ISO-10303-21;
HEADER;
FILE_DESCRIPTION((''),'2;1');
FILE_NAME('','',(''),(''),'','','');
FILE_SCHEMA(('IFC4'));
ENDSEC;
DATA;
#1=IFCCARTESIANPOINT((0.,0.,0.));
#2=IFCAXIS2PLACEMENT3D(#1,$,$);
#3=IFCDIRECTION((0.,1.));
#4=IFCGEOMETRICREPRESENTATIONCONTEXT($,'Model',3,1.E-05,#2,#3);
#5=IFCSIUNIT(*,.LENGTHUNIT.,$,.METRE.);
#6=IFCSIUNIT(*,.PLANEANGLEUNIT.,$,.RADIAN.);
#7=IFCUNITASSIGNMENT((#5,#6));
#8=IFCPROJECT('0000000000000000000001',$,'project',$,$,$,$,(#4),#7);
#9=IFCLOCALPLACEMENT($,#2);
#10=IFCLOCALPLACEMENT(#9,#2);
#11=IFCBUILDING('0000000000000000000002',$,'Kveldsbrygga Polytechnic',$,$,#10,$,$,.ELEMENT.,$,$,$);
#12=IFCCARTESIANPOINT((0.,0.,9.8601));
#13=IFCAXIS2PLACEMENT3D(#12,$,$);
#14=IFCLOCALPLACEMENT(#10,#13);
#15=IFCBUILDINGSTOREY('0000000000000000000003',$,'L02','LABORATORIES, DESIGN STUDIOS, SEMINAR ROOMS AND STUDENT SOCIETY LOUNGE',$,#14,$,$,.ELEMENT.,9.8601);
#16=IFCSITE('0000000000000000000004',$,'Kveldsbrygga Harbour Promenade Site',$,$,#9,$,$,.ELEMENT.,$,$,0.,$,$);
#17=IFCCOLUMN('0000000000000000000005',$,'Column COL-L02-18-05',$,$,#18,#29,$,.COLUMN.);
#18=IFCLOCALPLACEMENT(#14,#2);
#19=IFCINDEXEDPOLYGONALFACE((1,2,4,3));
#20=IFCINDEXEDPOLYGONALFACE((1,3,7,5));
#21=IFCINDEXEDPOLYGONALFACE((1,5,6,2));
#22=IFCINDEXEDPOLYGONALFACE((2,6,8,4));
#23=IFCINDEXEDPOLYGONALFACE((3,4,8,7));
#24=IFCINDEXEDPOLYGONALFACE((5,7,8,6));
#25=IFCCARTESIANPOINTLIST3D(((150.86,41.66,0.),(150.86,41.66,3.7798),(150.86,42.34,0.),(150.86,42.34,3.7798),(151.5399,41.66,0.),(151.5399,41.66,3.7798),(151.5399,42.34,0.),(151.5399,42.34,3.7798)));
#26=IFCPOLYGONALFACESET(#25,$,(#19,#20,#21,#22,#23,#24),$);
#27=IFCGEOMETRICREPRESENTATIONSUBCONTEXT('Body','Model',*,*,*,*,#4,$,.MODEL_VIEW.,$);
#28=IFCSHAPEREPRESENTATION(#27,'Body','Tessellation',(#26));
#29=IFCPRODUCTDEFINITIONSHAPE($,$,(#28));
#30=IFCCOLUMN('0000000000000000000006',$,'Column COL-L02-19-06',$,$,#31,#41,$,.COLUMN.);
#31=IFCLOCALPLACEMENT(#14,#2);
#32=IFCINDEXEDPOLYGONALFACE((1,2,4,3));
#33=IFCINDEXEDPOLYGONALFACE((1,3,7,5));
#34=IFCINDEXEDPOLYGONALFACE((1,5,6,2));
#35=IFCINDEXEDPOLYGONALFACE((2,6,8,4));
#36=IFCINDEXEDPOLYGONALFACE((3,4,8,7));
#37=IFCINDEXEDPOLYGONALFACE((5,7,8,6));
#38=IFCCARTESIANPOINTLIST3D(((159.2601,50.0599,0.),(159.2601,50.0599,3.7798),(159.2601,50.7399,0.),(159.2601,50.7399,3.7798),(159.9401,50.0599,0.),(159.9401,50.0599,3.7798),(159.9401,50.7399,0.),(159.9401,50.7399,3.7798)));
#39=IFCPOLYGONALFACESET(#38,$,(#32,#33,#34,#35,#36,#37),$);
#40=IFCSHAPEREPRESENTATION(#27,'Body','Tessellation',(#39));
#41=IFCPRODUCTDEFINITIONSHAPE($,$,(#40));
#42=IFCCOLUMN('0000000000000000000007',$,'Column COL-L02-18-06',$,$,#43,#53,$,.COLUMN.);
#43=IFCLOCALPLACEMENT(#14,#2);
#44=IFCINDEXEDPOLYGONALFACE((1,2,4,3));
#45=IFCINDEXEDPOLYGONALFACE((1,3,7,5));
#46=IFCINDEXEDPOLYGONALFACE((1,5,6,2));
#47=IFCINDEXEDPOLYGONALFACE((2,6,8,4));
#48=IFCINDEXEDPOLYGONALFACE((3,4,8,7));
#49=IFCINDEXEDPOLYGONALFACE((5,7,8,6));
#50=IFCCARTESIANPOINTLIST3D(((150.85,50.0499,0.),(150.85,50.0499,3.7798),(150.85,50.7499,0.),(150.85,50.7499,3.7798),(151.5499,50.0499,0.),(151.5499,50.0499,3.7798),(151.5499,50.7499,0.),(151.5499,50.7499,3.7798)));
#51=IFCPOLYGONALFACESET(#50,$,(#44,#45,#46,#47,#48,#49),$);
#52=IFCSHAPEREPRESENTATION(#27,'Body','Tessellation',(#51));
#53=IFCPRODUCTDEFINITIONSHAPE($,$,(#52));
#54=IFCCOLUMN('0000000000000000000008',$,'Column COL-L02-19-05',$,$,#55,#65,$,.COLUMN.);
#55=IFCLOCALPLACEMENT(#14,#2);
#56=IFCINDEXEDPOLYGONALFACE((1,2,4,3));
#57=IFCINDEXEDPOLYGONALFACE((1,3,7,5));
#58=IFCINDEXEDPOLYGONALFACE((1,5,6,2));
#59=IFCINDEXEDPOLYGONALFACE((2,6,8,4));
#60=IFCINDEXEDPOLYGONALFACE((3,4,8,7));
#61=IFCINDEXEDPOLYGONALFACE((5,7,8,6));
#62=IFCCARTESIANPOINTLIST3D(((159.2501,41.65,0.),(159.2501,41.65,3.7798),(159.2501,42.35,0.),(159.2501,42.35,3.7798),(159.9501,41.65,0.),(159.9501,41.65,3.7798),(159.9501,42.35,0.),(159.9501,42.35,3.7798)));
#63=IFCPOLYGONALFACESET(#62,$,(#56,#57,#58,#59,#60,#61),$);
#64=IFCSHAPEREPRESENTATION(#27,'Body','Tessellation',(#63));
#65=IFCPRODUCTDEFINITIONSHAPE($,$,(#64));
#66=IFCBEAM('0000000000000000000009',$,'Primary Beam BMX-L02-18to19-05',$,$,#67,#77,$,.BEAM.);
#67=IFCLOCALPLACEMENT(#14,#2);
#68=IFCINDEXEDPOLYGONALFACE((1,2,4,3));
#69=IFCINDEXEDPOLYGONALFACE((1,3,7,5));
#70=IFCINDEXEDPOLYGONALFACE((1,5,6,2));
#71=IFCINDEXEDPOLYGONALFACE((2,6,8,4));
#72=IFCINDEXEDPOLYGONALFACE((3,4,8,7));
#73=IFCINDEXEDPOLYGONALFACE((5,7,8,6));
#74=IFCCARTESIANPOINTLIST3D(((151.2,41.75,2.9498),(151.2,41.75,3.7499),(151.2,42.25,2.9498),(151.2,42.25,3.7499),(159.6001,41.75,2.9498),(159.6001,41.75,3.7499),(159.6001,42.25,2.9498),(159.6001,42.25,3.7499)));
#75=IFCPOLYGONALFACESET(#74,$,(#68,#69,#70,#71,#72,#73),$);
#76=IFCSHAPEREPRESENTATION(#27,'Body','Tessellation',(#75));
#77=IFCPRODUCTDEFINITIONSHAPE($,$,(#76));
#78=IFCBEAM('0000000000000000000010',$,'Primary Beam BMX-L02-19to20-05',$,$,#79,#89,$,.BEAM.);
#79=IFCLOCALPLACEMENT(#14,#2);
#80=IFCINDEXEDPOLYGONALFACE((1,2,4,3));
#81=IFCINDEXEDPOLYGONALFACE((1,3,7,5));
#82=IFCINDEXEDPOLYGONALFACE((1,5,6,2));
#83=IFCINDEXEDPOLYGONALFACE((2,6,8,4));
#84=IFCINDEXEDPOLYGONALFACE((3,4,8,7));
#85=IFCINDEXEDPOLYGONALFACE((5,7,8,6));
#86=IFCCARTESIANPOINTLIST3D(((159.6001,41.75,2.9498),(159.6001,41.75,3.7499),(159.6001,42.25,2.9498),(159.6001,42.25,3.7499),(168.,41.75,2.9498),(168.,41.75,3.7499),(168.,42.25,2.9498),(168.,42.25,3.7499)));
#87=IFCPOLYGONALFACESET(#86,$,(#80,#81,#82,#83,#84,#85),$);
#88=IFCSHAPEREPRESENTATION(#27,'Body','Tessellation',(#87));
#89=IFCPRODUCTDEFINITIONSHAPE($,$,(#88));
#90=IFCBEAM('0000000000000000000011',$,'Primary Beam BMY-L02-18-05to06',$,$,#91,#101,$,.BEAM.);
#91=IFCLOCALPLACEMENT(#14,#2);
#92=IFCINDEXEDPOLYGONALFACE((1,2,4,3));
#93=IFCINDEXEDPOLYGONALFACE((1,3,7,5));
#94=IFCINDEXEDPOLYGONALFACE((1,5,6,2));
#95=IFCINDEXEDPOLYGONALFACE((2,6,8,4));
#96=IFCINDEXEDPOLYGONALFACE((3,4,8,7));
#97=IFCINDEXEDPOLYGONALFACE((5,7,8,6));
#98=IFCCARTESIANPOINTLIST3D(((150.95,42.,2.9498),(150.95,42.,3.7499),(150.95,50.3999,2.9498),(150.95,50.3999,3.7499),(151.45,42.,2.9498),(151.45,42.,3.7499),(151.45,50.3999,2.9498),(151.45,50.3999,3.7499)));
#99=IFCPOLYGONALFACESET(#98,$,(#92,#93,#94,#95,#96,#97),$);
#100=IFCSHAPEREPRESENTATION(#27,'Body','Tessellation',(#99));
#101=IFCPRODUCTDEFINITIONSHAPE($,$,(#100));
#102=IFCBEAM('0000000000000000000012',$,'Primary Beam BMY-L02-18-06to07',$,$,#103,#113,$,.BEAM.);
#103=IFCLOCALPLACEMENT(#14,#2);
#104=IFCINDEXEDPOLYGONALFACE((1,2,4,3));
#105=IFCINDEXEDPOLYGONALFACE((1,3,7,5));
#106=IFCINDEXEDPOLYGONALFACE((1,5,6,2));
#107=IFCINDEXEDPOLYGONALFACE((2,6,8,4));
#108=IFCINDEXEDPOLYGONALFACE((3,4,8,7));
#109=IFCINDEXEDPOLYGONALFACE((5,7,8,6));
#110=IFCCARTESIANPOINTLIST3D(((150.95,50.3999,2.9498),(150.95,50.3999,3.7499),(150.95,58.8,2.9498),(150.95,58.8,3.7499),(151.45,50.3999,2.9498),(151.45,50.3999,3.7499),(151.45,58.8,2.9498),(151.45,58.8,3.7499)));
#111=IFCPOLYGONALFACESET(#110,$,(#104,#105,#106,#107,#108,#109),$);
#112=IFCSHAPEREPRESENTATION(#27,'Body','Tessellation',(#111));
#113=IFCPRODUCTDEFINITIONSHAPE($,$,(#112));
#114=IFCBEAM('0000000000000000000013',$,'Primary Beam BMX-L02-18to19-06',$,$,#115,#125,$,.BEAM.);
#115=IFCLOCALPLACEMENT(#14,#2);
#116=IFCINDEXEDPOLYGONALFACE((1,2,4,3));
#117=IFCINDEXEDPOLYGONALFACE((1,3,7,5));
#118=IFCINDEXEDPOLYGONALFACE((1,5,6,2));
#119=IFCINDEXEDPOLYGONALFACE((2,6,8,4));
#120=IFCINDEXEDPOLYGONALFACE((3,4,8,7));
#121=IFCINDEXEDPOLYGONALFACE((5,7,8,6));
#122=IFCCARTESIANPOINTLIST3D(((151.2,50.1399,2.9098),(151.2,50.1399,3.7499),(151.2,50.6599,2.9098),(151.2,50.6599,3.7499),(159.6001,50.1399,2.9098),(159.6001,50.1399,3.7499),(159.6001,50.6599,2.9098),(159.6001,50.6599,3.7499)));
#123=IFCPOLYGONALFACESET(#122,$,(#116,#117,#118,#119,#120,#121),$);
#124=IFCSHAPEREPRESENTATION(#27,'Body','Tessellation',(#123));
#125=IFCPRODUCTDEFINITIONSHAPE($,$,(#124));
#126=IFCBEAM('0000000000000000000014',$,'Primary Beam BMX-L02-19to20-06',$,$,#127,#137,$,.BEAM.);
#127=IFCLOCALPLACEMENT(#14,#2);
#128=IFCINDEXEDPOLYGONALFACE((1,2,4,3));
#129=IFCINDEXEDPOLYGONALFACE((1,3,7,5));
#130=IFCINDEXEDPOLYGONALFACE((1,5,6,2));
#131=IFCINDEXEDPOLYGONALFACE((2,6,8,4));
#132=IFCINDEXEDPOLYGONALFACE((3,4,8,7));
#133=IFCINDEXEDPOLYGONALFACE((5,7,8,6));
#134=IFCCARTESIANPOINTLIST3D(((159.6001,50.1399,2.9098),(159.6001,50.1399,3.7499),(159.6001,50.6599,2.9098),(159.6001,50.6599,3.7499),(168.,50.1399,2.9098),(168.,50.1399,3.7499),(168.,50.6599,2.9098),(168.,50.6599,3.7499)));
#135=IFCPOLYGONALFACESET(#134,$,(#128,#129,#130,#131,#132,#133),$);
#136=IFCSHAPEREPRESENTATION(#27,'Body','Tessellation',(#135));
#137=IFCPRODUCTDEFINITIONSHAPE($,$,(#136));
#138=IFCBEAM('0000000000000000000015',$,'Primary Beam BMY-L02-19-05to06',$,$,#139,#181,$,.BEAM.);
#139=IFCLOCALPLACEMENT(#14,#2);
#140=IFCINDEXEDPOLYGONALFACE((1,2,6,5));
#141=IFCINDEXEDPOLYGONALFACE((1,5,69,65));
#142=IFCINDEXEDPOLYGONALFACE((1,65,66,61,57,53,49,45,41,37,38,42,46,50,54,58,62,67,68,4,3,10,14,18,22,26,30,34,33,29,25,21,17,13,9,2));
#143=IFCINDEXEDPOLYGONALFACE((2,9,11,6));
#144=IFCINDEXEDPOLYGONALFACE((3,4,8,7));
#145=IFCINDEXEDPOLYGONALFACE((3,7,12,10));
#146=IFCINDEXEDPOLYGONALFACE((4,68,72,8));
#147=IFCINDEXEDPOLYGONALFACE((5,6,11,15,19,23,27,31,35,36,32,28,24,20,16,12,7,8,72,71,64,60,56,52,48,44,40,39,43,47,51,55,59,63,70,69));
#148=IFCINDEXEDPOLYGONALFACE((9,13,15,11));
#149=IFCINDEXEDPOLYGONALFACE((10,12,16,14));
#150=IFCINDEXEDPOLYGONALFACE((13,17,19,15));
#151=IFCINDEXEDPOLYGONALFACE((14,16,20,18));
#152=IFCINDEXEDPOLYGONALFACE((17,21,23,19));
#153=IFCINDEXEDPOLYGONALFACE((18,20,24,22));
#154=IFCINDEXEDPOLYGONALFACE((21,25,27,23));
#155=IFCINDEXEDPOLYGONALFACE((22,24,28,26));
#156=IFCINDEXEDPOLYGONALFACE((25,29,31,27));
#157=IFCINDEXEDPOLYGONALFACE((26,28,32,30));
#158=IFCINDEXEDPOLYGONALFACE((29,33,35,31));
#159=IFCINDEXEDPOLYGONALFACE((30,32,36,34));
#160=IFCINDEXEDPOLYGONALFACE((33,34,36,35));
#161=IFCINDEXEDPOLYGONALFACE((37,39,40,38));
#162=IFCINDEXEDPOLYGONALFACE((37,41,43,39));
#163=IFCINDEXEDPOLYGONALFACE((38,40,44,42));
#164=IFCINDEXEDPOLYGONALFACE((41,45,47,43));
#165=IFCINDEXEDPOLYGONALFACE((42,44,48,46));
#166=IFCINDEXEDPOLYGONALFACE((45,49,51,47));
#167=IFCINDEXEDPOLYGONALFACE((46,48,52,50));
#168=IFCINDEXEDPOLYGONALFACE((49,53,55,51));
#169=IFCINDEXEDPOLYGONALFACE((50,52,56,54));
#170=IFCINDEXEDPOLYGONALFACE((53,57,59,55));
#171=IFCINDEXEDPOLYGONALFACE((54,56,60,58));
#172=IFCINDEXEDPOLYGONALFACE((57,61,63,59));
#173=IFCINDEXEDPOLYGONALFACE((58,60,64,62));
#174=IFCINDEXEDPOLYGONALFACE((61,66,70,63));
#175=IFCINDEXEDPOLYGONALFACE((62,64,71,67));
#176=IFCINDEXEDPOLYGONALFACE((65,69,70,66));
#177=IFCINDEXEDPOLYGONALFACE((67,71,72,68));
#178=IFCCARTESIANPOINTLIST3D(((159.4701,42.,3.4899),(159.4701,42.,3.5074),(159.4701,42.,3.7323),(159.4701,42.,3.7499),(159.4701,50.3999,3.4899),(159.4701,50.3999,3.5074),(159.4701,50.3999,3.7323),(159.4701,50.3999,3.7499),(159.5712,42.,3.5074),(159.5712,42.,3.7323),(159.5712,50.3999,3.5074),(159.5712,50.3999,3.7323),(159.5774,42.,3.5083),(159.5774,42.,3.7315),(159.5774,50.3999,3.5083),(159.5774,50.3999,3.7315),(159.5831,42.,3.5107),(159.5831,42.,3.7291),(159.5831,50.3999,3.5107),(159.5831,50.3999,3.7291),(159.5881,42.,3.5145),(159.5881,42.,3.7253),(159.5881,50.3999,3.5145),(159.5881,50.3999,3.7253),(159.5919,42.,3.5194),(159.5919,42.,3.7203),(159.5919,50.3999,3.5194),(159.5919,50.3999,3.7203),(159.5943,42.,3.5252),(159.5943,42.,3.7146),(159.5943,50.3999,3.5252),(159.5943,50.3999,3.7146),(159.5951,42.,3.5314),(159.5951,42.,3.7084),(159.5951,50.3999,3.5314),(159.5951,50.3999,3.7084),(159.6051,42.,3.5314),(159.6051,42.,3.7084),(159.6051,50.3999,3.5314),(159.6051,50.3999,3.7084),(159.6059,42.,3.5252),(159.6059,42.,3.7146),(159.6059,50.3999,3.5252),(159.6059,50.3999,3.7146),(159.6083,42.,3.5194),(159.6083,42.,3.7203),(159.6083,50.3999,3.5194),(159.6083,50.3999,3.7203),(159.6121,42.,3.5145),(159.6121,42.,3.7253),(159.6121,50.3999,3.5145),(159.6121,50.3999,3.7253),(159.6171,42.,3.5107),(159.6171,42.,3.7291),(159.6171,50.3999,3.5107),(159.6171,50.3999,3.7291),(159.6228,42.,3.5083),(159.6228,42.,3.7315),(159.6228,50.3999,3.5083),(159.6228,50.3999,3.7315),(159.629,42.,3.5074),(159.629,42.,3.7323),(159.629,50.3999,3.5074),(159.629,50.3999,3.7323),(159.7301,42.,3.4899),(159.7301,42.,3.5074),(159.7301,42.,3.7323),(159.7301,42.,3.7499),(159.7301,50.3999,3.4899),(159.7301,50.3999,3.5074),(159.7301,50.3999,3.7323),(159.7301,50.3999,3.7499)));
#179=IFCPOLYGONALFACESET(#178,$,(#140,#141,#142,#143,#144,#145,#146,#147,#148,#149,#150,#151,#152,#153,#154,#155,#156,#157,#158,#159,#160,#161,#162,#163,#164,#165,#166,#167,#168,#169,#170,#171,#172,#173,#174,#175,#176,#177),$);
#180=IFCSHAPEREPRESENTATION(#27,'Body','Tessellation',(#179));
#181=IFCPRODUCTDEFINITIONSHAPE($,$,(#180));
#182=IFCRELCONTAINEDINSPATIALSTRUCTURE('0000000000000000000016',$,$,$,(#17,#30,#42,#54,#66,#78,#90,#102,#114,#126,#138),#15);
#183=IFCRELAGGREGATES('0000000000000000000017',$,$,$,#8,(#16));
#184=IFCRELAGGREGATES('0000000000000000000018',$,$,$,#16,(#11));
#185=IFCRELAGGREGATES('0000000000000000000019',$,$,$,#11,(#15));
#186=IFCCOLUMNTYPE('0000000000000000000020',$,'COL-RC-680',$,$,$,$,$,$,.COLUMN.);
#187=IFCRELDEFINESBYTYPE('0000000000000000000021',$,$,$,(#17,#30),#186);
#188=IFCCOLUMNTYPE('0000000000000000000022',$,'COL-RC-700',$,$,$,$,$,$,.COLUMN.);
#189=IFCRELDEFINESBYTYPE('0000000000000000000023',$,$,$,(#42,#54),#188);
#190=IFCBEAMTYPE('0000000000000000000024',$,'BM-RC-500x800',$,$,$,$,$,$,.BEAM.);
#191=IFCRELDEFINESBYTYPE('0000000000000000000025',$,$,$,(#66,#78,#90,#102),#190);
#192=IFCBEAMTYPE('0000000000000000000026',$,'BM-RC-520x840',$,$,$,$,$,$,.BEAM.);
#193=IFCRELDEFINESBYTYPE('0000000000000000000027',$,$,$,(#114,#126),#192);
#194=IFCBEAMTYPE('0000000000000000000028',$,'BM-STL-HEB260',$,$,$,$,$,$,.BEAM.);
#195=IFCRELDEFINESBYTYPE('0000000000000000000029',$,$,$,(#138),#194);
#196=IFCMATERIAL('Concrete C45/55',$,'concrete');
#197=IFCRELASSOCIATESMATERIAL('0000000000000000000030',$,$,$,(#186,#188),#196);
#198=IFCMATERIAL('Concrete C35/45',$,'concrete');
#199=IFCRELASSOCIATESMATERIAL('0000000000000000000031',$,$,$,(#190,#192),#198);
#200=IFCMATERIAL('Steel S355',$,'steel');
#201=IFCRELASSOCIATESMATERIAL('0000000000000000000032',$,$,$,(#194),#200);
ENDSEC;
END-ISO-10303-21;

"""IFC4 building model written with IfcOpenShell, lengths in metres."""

from ifc_helpers import new_model, si_unit, direction, frame, origin, origin_2d, place, context, subcontext, project, spatial, rectangle, i_section, extrude, material, material_profile, profile_set, type_object, element, save


model = new_model("IFC4")

# Units and contexts
model_context = context("Model", 3, precision=1e-05, world=origin(), true_north=direction((0.0, 1.0)))
body_context = subcontext(model_context, "Body", "Model", "MODEL_VIEW")
ifc_project = project(units=[si_unit("LENGTHUNIT", "METRE"), si_unit("PLANEANGLEUNIT", "RADIAN")], contexts=[model_context])

# Site, building, storey
site_placement = place(None, origin())
site = spatial("IfcSite", under=ifc_project, at=site_placement, Name="Kveldsbrygga Harbour Promenade Site", CompositionType="ELEMENT", RefElevation=0.0)
building_placement = place(site_placement, origin())
building = spatial("IfcBuilding", under=site, at=building_placement, Name="Kveldsbrygga Polytechnic", CompositionType="ELEMENT")
storey_placement = place(building_placement, frame((0.0, 0.0, 9.8601)))
storey = spatial("IfcBuildingStorey", under=building, at=storey_placement, Name="L02", Description="LABORATORIES, DESIGN STUDIOS, SEMINAR ROOMS AND STUDENT SOCIETY LOUNGE", CompositionType="ELEMENT", Elevation=9.8601)

# Columns
ifc_material_1 = material(Name="Concrete C45/55", Category="concrete")
ifc_material_profile_1 = material_profile(ifc_material_1, rectangle(XDim=0.6799, YDim=0.6799, at=origin_2d()), Name="RC 680x680")
ifc_profile_set_1 = profile_set([ifc_material_profile_1], Name="Concrete C45/55")
column_type_1 = type_object("IfcColumnType", Name="COL-RC-680", PredefinedType="COLUMN", material=ifc_profile_set_1)
for number, where, z_axis, x_axis, name in (
    (1, (151.2, 42.0, 0.0), (0.0, 0.0, 1.0), (1.0, 0.0, 0.0), "Column COL-L02-18-05"),
    (2, (159.6001, 50.3999, 0.0), (0.0, 0.0, 1.0), (1.0, 0.0, 0.0), "Column COL-L02-19-06"),
):
    element("IfcColumn", number, at=place(storey_placement, frame(where, z_axis=z_axis, x_axis=x_axis)), inside=storey, type_object=column_type_1, Name=name, PredefinedType="COLUMN", context=body_context, shape_type="SweptSolid", body=[
        extrude(rectangle(XDim=0.6799, YDim=0.6799, at=origin_2d()), origin(), (0.0, 0.0, 1.0), 3.7798),
    ])
ifc_material_profile_2 = material_profile(ifc_material_1, rectangle(XDim=0.7, YDim=0.7, at=origin_2d()), Name="RC 700x700")
ifc_profile_set_2 = profile_set([ifc_material_profile_2], Name="Concrete C45/55")
column_type_2 = type_object("IfcColumnType", Name="COL-RC-700", PredefinedType="COLUMN", material=ifc_profile_set_2)
for number, where, z_axis, x_axis, name in (
    (3, (151.2, 50.3999, 0.0), (0.0, 0.0, 1.0), (1.0, 0.0, 0.0), "Column COL-L02-18-06"),
    (4, (159.6001, 42.0, 0.0), (0.0, 0.0, 1.0), (1.0, 0.0, 0.0), "Column COL-L02-19-05"),
):
    element("IfcColumn", number, at=place(storey_placement, frame(where, z_axis=z_axis, x_axis=x_axis)), inside=storey, type_object=column_type_2, Name=name, PredefinedType="COLUMN", context=body_context, shape_type="SweptSolid", body=[
        extrude(rectangle(XDim=0.7, YDim=0.7, at=origin_2d()), origin(), (0.0, 0.0, 1.0), 3.7798),
    ])

# Beams
ifc_material_2 = material(Name="Concrete C35/45", Category="concrete")
ifc_material_profile_3 = material_profile(ifc_material_2, rectangle(XDim=0.5, YDim=0.8, at=origin_2d()), Name="RC 500x800")
ifc_profile_set_3 = profile_set([ifc_material_profile_3], Name="Concrete C35/45")
beam_type_1 = type_object("IfcBeamType", Name="BM-RC-500x800", PredefinedType="BEAM", material=ifc_profile_set_3)
beam_1_placement = place(storey_placement, frame((151.2, 42.0, 3.3499), z_axis=(1.0, 0.0, 0.0), x_axis=(0.0, 1.0, 0.0)))
element("IfcBeam", 5, at=beam_1_placement, inside=storey, type_object=beam_type_1, Name="Primary Beam BMX-L02-18to19-05", PredefinedType="BEAM", context=body_context, shape_type="SweptSolid", body=[
    extrude(rectangle(XDim=0.5, YDim=0.8, at=origin_2d()), origin(), (0.0, 0.0, 1.0), 8.4001),
])
for number, where, z_axis, x_axis, name in (
    (6, (159.6001, 42.0, 3.3499), (1.0, 0.0, 0.0), (0.0, 1.0, 0.0), "Primary Beam BMX-L02-19to20-05"),
    (7, (151.2, 42.0, 3.3499), (0.0, 1.0, 0.0), (-1.0, 0.0, 0.0), "Primary Beam BMY-L02-18-05to06"),
):
    element("IfcBeam", number, at=place(storey_placement, frame(where, z_axis=z_axis, x_axis=x_axis)), inside=storey, type_object=beam_type_1, Name=name, PredefinedType="BEAM", context=body_context, shape_type="SweptSolid", body=[
        extrude(rectangle(XDim=0.5, YDim=0.8, at=origin_2d()), origin(), (0.0, 0.0, 1.0), 8.3999),
    ])
beam_2_placement = place(storey_placement, frame((151.2, 50.3999, 3.3499), z_axis=(0.0, 1.0, 0.0), x_axis=(-1.0, 0.0, 0.0)))
element("IfcBeam", 8, at=beam_2_placement, inside=storey, type_object=beam_type_1, Name="Primary Beam BMY-L02-18-06to07", PredefinedType="BEAM", context=body_context, shape_type="SweptSolid", body=[
    extrude(rectangle(XDim=0.5, YDim=0.8, at=origin_2d()), origin(), (0.0, 0.0, 1.0), 8.4001),
])
ifc_material_profile_4 = material_profile(ifc_material_2, rectangle(XDim=0.52, YDim=0.8401, at=origin_2d()), Name="RC 520x840")
ifc_profile_set_4 = profile_set([ifc_material_profile_4], Name="Concrete C35/45")
beam_type_2 = type_object("IfcBeamType", Name="BM-RC-520x840", PredefinedType="BEAM", material=ifc_profile_set_4)
beam_3_placement = place(storey_placement, frame((151.2, 50.3999, 3.3298), z_axis=(1.0, 0.0, 0.0), x_axis=(0.0, 1.0, 0.0)))
element("IfcBeam", 9, at=beam_3_placement, inside=storey, type_object=beam_type_2, Name="Primary Beam BMX-L02-18to19-06", PredefinedType="BEAM", context=body_context, shape_type="SweptSolid", body=[
    extrude(rectangle(XDim=0.52, YDim=0.8401, at=origin_2d()), origin(), (0.0, 0.0, 1.0), 8.4001),
])
beam_4_placement = place(storey_placement, frame((159.6001, 50.3999, 3.3298), z_axis=(1.0, 0.0, 0.0), x_axis=(0.0, 1.0, 0.0)))
element("IfcBeam", 10, at=beam_4_placement, inside=storey, type_object=beam_type_2, Name="Primary Beam BMX-L02-19to20-06", PredefinedType="BEAM", context=body_context, shape_type="SweptSolid", body=[
    extrude(rectangle(XDim=0.52, YDim=0.8401, at=origin_2d()), origin(), (0.0, 0.0, 1.0), 8.3999),
])
ifc_material_3 = material(Name="Steel S355", Category="steel")
ifc_material_profile_5 = material_profile(ifc_material_3, i_section(OverallWidth=0.26, OverallDepth=0.26, WebThickness=0.01, FlangeThickness=0.0176, FilletRadius=0.0239, at=origin_2d()), Name="HEB 260")
ifc_profile_set_5 = profile_set([ifc_material_profile_5], Name="Steel S355")
beam_type_3 = type_object("IfcBeamType", Name="BM-STL-HEB260", PredefinedType="BEAM", material=ifc_profile_set_5)
beam_5_placement = place(storey_placement, frame((159.6001, 42.0, 3.6199), z_axis=(0.0, 1.0, 0.0), x_axis=(-1.0, 0.0, 0.0)))
element("IfcBeam", 11, at=beam_5_placement, inside=storey, type_object=beam_type_3, Name="Primary Beam BMY-L02-19-05to06", PredefinedType="BEAM", context=body_context, shape_type="SweptSolid", body=[
    extrude(i_section(OverallWidth=0.26, OverallDepth=0.26, WebThickness=0.01, FlangeThickness=0.0176, FilletRadius=0.0239, at=origin_2d()), origin(), (0.0, 0.0, 1.0), 8.3999),
])

save(model, "model.ifc")
